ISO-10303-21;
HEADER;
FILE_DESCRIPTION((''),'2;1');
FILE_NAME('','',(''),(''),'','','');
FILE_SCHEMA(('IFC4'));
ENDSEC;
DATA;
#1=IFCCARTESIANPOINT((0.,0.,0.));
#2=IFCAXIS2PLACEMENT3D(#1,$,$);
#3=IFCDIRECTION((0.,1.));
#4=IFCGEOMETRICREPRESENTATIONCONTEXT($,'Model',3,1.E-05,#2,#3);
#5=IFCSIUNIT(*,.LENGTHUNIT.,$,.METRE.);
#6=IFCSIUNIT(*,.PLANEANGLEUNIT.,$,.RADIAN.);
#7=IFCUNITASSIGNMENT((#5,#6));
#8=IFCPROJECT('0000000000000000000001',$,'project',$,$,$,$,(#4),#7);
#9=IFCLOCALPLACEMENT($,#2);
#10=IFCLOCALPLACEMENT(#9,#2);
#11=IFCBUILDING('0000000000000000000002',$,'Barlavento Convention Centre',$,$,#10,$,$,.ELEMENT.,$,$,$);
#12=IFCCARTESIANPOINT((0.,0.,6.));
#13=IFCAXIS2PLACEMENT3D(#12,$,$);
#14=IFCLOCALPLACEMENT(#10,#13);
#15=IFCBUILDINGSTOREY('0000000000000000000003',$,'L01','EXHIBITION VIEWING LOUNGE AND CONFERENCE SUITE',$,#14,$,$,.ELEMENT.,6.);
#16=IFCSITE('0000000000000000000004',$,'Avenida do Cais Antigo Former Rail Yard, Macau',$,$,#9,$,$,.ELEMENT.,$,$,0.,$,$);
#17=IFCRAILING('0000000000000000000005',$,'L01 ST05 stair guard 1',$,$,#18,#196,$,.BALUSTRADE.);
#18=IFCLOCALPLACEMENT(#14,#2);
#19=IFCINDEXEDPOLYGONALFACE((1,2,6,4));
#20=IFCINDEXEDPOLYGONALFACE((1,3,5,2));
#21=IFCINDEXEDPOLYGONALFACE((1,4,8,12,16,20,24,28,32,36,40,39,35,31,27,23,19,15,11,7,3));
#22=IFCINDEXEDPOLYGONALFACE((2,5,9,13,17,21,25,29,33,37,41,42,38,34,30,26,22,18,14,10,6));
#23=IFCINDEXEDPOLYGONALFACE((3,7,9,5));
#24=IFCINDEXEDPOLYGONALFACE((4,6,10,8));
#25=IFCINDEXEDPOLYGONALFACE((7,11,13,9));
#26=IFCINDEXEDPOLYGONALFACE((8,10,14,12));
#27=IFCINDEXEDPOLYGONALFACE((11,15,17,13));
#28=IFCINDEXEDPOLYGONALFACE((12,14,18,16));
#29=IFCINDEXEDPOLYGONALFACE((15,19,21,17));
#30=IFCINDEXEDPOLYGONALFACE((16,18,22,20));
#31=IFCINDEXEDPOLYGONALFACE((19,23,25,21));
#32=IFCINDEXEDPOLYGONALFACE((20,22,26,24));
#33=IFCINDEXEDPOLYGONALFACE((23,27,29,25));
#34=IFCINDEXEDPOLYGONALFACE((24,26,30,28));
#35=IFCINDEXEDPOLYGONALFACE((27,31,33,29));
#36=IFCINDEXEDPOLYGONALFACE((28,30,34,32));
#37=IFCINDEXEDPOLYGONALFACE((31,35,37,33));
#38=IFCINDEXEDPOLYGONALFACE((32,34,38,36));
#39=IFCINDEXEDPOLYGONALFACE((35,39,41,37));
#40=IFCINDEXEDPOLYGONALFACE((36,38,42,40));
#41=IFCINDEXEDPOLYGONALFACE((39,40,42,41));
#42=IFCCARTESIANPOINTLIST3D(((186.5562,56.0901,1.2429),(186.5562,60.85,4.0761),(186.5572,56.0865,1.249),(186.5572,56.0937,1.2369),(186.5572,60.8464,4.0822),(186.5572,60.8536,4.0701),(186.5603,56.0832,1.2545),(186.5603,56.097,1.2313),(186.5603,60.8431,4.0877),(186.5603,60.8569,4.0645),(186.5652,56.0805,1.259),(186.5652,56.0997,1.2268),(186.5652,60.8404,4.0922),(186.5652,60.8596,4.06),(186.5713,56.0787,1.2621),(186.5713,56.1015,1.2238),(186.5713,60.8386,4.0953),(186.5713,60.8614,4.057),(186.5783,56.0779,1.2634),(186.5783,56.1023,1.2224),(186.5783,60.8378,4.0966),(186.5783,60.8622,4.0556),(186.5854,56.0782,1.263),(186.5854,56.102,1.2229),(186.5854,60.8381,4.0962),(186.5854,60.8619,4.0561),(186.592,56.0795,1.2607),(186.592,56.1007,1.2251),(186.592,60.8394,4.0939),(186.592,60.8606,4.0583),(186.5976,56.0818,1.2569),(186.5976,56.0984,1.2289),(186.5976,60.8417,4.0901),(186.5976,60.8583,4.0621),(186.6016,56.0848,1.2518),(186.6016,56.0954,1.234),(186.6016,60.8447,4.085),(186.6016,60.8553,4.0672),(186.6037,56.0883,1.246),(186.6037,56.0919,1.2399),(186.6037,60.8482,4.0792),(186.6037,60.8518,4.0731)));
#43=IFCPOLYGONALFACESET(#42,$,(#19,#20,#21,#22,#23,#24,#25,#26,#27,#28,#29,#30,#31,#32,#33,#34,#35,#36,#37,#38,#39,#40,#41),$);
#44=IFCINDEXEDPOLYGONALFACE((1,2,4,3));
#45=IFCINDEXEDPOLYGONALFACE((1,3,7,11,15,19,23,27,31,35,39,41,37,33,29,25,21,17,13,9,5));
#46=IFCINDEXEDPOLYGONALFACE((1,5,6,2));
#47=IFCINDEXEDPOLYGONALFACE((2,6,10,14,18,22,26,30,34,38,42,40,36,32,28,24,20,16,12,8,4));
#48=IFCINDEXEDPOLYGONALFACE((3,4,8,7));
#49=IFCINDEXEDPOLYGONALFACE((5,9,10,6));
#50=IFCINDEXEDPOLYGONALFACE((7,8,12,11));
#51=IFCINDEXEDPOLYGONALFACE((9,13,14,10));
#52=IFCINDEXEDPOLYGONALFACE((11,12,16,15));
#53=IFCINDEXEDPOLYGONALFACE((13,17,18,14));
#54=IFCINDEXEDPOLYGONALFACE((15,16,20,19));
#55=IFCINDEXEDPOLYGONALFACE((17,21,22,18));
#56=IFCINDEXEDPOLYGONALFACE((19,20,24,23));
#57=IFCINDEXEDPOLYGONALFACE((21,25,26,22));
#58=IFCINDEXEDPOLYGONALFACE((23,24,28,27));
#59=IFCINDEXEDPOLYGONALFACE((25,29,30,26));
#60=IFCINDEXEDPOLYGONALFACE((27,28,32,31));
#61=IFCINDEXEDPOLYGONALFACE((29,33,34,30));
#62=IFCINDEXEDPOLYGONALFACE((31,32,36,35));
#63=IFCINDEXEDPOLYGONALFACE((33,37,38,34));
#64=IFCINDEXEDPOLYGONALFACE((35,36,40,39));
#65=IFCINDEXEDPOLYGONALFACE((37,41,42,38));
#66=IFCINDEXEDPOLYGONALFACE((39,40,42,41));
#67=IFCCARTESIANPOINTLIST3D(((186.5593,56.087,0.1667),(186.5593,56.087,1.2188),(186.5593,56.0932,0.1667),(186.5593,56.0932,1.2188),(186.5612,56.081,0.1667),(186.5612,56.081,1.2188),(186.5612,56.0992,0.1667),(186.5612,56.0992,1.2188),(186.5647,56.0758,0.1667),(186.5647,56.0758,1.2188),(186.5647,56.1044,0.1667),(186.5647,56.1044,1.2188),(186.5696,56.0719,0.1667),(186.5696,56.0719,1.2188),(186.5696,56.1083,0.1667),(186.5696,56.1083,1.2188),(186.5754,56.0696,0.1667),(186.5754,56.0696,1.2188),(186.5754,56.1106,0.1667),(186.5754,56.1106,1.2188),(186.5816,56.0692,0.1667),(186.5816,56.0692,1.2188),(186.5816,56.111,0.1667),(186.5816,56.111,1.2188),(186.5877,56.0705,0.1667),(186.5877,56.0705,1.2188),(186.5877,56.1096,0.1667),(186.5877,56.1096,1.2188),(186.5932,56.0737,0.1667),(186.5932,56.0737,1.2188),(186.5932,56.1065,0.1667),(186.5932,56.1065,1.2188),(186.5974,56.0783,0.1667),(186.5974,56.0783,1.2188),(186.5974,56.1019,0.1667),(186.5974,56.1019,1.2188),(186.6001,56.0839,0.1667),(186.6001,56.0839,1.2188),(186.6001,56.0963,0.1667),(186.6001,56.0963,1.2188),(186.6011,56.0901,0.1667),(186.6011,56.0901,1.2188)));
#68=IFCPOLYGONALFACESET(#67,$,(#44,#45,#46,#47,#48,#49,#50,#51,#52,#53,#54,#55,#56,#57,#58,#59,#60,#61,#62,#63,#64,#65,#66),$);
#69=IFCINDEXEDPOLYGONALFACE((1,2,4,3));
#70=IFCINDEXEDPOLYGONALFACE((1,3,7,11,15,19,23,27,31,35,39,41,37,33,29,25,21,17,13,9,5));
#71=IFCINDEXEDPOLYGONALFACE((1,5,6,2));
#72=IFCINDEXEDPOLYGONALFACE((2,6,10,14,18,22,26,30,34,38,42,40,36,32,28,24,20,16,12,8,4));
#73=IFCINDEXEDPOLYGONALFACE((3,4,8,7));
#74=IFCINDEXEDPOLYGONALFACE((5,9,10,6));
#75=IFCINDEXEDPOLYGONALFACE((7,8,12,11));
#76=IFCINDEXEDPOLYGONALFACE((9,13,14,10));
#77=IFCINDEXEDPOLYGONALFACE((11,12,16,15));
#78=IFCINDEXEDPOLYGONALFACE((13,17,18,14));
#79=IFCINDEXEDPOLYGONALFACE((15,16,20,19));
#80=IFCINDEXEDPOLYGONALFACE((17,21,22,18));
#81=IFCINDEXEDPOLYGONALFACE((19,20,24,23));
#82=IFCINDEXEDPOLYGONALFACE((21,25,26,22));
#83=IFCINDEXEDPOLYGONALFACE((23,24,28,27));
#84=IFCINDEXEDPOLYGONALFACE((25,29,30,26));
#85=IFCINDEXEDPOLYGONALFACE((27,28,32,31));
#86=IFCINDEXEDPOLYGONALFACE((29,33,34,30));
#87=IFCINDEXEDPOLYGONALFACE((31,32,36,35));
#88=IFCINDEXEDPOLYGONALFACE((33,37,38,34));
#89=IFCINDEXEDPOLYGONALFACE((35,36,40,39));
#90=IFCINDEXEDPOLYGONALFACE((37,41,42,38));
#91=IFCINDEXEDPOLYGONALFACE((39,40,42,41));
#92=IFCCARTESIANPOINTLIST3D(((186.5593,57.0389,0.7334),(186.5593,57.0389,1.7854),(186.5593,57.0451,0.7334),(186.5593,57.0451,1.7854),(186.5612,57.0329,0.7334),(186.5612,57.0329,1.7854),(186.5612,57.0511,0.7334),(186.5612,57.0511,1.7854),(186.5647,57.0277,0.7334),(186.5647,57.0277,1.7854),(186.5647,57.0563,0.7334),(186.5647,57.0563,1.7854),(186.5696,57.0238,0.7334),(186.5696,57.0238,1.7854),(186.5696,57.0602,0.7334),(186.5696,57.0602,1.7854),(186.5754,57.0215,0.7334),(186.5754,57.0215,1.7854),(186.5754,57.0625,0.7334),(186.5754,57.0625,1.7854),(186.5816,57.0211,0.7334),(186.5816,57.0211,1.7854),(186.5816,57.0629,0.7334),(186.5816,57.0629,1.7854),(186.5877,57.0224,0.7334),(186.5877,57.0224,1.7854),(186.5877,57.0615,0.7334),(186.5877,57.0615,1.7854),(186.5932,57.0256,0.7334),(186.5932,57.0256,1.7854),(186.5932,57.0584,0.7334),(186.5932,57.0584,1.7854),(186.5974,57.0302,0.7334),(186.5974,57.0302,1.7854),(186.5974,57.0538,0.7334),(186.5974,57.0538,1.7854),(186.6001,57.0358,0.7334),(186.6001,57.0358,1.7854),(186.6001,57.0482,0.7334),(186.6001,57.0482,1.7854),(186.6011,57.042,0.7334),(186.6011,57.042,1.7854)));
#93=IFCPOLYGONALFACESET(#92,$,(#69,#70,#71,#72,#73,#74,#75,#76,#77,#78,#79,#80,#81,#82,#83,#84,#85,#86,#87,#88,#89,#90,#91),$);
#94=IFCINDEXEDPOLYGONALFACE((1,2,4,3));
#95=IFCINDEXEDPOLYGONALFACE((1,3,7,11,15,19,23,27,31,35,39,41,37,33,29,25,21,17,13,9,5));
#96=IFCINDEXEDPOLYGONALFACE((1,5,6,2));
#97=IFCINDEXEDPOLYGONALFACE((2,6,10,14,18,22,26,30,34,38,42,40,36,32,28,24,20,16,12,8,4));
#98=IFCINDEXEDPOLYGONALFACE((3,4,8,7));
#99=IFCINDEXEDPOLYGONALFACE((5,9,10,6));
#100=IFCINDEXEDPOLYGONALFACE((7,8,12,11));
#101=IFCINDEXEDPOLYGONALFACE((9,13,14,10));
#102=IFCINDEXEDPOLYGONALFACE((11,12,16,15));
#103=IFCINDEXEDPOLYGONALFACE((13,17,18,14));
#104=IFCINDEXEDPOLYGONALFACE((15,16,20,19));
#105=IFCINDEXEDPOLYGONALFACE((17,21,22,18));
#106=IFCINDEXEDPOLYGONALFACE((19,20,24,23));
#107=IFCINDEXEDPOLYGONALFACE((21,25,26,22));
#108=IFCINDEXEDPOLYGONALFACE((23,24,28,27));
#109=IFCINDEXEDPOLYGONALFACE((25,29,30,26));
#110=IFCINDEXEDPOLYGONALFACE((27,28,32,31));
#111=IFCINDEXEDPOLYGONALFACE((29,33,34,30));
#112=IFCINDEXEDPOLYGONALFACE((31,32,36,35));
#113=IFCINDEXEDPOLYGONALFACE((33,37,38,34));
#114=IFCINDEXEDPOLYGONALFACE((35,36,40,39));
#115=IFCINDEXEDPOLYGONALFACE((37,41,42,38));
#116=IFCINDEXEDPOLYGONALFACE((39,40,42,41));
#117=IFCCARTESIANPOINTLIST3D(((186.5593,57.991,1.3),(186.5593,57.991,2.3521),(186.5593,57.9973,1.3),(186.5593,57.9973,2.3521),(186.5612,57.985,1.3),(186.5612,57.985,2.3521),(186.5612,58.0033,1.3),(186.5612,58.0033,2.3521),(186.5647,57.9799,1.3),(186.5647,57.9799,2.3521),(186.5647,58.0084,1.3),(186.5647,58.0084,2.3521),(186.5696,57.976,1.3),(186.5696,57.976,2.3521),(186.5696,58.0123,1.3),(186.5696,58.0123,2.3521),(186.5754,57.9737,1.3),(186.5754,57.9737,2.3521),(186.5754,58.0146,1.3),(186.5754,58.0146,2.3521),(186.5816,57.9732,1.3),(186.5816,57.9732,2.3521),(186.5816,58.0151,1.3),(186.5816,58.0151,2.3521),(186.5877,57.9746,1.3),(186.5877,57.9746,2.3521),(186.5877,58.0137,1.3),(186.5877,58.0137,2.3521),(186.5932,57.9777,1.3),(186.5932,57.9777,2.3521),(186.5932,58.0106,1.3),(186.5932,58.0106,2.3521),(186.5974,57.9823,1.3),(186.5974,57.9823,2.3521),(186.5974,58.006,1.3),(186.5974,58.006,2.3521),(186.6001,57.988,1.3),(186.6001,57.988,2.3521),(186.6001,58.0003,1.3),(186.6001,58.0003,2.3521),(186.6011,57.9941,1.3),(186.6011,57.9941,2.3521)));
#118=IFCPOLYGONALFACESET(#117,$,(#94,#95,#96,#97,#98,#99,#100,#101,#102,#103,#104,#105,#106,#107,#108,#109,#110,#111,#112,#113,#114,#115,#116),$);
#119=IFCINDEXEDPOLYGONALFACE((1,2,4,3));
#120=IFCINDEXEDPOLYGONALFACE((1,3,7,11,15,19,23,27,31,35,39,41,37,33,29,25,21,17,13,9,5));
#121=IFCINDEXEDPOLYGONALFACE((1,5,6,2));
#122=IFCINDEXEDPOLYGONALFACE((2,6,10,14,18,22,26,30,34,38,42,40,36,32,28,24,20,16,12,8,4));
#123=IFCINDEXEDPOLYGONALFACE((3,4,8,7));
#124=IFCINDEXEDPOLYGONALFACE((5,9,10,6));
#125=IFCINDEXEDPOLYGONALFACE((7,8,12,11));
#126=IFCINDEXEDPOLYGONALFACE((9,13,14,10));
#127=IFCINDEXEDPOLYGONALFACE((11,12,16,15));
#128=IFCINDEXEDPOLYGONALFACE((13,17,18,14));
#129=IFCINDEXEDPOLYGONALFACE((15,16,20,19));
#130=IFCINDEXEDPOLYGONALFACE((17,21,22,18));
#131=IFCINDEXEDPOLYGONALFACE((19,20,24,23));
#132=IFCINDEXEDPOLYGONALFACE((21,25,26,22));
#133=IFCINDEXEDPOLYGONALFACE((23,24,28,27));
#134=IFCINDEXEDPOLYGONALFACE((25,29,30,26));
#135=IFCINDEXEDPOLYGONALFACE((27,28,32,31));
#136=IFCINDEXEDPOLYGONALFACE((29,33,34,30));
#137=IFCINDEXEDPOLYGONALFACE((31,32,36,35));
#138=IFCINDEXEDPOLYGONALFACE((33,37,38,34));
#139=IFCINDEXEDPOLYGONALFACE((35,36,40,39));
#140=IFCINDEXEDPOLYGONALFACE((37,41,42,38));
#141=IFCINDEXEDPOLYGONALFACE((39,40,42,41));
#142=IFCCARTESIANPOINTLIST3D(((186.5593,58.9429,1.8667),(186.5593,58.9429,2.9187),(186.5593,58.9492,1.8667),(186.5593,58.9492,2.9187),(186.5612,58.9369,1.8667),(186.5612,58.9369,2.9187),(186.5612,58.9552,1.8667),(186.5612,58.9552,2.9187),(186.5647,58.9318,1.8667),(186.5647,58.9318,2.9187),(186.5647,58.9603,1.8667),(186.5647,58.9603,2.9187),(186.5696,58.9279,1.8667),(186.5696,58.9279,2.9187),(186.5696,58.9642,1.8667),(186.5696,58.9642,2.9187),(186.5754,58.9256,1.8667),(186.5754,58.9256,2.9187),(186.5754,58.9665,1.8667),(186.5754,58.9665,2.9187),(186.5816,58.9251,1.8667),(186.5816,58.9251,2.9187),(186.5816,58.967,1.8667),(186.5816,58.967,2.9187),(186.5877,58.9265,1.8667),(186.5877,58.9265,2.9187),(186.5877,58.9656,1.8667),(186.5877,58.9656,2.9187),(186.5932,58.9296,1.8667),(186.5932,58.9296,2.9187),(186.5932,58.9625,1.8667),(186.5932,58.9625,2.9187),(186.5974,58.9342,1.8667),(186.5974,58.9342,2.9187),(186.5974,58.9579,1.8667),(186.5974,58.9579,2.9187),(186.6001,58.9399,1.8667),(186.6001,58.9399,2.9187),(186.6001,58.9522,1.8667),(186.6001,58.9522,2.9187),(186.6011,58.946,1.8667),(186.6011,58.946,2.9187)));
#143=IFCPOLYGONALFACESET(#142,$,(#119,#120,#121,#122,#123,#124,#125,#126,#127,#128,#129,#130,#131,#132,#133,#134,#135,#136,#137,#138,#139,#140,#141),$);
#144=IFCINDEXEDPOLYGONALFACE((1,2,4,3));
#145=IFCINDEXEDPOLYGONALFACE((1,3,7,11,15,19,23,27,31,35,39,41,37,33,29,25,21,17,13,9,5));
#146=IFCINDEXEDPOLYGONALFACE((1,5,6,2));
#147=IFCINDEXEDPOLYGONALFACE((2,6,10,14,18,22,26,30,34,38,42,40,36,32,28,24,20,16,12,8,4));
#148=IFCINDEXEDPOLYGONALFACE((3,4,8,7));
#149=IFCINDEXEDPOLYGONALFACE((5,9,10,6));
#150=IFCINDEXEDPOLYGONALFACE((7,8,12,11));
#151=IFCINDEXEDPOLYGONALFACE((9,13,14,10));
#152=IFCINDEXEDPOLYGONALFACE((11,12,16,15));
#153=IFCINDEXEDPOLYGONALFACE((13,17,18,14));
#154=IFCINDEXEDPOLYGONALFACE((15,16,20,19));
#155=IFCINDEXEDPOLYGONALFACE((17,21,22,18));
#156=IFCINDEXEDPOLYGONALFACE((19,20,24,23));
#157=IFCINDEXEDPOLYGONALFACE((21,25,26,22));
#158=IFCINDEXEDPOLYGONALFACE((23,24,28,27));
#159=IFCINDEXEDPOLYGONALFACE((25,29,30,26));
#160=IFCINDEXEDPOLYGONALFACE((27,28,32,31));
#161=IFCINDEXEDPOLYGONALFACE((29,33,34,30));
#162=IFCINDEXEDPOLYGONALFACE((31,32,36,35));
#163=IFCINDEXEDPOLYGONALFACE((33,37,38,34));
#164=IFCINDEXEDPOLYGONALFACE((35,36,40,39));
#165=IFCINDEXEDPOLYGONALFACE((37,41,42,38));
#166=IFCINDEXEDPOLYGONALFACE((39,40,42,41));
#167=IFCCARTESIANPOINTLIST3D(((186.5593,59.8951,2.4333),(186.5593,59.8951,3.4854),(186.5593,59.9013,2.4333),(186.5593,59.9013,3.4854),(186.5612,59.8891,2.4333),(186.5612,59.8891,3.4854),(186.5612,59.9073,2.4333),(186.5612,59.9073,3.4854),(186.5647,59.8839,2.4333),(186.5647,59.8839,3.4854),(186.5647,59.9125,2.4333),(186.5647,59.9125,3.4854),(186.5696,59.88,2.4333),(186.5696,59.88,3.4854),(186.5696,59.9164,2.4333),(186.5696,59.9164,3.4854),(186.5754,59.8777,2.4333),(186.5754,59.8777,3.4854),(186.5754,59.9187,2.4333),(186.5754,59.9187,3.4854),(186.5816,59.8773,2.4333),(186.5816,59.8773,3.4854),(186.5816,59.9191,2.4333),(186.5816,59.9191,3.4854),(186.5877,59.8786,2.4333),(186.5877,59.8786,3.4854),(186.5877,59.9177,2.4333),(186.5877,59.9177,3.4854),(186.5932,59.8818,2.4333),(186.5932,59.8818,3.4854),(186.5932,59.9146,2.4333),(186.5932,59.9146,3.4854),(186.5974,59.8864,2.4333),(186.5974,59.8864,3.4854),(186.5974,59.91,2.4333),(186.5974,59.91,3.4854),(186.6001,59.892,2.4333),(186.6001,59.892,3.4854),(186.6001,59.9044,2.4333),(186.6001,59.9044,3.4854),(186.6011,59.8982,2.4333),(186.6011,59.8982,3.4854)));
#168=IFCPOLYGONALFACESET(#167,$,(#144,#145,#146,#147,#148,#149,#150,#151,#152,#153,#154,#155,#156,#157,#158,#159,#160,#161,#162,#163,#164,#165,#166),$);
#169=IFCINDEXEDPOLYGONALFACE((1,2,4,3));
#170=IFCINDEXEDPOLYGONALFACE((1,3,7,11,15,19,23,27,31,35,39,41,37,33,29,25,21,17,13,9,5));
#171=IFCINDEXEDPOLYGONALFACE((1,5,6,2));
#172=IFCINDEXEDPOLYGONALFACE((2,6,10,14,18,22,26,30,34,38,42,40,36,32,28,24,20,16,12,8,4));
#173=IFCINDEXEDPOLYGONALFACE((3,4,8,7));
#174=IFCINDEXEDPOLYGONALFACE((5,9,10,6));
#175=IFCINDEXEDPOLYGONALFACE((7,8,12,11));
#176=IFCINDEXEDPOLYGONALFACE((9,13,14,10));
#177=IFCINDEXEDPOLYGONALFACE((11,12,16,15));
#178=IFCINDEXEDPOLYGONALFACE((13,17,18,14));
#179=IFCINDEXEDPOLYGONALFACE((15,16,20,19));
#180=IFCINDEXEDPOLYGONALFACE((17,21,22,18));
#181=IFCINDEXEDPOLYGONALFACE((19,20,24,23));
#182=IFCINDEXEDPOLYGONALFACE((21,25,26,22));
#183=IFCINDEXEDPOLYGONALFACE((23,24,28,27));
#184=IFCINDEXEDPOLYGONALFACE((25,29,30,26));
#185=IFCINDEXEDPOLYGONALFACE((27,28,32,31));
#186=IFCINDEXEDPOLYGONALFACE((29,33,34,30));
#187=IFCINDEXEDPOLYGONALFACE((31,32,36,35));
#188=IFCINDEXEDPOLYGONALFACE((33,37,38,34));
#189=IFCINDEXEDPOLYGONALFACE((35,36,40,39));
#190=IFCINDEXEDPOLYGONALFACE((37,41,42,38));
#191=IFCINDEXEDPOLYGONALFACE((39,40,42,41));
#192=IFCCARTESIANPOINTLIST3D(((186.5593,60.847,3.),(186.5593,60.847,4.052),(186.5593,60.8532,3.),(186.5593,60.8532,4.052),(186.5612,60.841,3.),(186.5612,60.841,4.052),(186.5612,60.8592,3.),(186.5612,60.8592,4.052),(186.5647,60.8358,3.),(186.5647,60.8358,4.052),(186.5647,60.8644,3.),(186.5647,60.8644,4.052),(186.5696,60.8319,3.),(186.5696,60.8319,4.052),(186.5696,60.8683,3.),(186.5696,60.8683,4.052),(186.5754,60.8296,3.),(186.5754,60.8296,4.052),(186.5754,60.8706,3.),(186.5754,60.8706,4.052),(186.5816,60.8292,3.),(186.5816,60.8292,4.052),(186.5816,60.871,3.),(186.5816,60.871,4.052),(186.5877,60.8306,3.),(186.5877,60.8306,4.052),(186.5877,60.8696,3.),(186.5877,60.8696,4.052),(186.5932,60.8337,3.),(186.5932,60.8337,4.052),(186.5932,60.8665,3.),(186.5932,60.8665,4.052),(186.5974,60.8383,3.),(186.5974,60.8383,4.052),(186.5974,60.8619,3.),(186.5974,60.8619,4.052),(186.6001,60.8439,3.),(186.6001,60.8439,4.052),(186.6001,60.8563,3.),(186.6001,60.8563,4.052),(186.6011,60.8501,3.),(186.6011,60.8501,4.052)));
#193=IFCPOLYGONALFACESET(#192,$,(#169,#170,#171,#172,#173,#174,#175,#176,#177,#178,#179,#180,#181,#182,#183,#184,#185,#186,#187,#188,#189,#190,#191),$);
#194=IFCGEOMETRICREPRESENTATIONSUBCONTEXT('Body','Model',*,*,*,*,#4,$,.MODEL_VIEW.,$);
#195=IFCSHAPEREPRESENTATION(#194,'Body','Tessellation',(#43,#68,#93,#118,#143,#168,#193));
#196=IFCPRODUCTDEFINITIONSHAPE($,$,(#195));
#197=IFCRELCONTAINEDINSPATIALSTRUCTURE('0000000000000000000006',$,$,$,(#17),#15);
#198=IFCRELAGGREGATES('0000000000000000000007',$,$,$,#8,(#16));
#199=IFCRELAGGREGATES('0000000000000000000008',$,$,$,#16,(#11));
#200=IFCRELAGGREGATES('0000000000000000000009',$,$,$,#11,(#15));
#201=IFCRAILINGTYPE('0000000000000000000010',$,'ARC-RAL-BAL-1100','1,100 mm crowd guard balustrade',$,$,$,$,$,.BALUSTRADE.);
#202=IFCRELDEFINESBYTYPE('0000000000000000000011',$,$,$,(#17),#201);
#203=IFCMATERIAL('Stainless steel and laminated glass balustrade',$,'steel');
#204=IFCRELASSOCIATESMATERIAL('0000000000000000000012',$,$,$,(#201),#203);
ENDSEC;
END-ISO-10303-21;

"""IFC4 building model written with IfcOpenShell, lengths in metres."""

from ifc_helpers import new_model, si_unit, direction, frame, origin, origin_2d, place, context, subcontext, project, spatial, circle, extrude, material, type_object, element, save


model = new_model("IFC4")

# Units and contexts
model_context = context("Model", 3, precision=1e-05, world=origin(), true_north=direction((0.0, 1.0)))
body_context = subcontext(model_context, "Body", "Model", "MODEL_VIEW")
ifc_project = project(units=[si_unit("LENGTHUNIT", "METRE"), si_unit("PLANEANGLEUNIT", "RADIAN")], contexts=[model_context])

# Site, building, storey
site_placement = place(None, origin())
site = spatial("IfcSite", under=ifc_project, at=site_placement, Name="Avenida do Cais Antigo Former Rail Yard, Macau", CompositionType="ELEMENT", RefElevation=0.0)
building_placement = place(site_placement, origin())
building = spatial("IfcBuilding", under=site, at=building_placement, Name="Barlavento Convention Centre", CompositionType="ELEMENT")
storey_placement = place(building_placement, frame((0.0, 0.0, 6.0)))
storey = spatial("IfcBuildingStorey", under=building, at=storey_placement, Name="L01", Description="EXHIBITION VIEWING LOUNGE AND CONFERENCE SUITE", CompositionType="ELEMENT", Elevation=6.0)

# Railing
ifc_material_1 = material(Name="Stainless steel and laminated glass balustrade", Category="steel")
railing_type_1 = type_object("IfcRailingType", Name="ARC-RAL-BAL-1100", Description="1,100 mm crowd guard balustrade", PredefinedType="BALUSTRADE", material=ifc_material_1)
railing_1_placement = place(storey_placement, frame((186.5801, 56.0901, 0.1667)))
element("IfcRailing", 1, at=railing_1_placement, inside=storey, type_object=railing_type_1, Name="L01 ST05 stair guard 1", PredefinedType="BALUSTRADE", context=body_context, shape_type="SweptSolid", body=[
    extrude(circle(Radius=0.0239, at=origin_2d()), frame((0.0, 0.0, 1.0762), z_axis=(0.0, 0.8593, 0.511472), x_axis=(-1.0, 0.0, 0.0)), (0.0, 0.0, 1.0), 5.5393),
    extrude(circle(Radius=0.021, at=origin_2d()), origin(), (0.0, 0.0, 1.0), 1.052),
    extrude(circle(Radius=0.021, at=origin_2d()), frame((0.0, 0.9519, 0.5667)), (0.0, 0.0, 1.0), 1.052),
    extrude(circle(Radius=0.021, at=origin_2d()), frame((0.0, 1.9041, 1.1333)), (0.0, 0.0, 1.0), 1.052),
    extrude(circle(Radius=0.021, at=origin_2d()), frame((0.0, 2.856, 1.7)), (0.0, 0.0, 1.0), 1.052),
    extrude(circle(Radius=0.021, at=origin_2d()), frame((0.0, 3.8081, 2.2666)), (0.0, 0.0, 1.0), 1.052),
    extrude(circle(Radius=0.021, at=origin_2d()), frame((0.0, 4.76, 2.8333)), (0.0, 0.0, 1.0), 1.052),
])

save(model, "model.ifc")
